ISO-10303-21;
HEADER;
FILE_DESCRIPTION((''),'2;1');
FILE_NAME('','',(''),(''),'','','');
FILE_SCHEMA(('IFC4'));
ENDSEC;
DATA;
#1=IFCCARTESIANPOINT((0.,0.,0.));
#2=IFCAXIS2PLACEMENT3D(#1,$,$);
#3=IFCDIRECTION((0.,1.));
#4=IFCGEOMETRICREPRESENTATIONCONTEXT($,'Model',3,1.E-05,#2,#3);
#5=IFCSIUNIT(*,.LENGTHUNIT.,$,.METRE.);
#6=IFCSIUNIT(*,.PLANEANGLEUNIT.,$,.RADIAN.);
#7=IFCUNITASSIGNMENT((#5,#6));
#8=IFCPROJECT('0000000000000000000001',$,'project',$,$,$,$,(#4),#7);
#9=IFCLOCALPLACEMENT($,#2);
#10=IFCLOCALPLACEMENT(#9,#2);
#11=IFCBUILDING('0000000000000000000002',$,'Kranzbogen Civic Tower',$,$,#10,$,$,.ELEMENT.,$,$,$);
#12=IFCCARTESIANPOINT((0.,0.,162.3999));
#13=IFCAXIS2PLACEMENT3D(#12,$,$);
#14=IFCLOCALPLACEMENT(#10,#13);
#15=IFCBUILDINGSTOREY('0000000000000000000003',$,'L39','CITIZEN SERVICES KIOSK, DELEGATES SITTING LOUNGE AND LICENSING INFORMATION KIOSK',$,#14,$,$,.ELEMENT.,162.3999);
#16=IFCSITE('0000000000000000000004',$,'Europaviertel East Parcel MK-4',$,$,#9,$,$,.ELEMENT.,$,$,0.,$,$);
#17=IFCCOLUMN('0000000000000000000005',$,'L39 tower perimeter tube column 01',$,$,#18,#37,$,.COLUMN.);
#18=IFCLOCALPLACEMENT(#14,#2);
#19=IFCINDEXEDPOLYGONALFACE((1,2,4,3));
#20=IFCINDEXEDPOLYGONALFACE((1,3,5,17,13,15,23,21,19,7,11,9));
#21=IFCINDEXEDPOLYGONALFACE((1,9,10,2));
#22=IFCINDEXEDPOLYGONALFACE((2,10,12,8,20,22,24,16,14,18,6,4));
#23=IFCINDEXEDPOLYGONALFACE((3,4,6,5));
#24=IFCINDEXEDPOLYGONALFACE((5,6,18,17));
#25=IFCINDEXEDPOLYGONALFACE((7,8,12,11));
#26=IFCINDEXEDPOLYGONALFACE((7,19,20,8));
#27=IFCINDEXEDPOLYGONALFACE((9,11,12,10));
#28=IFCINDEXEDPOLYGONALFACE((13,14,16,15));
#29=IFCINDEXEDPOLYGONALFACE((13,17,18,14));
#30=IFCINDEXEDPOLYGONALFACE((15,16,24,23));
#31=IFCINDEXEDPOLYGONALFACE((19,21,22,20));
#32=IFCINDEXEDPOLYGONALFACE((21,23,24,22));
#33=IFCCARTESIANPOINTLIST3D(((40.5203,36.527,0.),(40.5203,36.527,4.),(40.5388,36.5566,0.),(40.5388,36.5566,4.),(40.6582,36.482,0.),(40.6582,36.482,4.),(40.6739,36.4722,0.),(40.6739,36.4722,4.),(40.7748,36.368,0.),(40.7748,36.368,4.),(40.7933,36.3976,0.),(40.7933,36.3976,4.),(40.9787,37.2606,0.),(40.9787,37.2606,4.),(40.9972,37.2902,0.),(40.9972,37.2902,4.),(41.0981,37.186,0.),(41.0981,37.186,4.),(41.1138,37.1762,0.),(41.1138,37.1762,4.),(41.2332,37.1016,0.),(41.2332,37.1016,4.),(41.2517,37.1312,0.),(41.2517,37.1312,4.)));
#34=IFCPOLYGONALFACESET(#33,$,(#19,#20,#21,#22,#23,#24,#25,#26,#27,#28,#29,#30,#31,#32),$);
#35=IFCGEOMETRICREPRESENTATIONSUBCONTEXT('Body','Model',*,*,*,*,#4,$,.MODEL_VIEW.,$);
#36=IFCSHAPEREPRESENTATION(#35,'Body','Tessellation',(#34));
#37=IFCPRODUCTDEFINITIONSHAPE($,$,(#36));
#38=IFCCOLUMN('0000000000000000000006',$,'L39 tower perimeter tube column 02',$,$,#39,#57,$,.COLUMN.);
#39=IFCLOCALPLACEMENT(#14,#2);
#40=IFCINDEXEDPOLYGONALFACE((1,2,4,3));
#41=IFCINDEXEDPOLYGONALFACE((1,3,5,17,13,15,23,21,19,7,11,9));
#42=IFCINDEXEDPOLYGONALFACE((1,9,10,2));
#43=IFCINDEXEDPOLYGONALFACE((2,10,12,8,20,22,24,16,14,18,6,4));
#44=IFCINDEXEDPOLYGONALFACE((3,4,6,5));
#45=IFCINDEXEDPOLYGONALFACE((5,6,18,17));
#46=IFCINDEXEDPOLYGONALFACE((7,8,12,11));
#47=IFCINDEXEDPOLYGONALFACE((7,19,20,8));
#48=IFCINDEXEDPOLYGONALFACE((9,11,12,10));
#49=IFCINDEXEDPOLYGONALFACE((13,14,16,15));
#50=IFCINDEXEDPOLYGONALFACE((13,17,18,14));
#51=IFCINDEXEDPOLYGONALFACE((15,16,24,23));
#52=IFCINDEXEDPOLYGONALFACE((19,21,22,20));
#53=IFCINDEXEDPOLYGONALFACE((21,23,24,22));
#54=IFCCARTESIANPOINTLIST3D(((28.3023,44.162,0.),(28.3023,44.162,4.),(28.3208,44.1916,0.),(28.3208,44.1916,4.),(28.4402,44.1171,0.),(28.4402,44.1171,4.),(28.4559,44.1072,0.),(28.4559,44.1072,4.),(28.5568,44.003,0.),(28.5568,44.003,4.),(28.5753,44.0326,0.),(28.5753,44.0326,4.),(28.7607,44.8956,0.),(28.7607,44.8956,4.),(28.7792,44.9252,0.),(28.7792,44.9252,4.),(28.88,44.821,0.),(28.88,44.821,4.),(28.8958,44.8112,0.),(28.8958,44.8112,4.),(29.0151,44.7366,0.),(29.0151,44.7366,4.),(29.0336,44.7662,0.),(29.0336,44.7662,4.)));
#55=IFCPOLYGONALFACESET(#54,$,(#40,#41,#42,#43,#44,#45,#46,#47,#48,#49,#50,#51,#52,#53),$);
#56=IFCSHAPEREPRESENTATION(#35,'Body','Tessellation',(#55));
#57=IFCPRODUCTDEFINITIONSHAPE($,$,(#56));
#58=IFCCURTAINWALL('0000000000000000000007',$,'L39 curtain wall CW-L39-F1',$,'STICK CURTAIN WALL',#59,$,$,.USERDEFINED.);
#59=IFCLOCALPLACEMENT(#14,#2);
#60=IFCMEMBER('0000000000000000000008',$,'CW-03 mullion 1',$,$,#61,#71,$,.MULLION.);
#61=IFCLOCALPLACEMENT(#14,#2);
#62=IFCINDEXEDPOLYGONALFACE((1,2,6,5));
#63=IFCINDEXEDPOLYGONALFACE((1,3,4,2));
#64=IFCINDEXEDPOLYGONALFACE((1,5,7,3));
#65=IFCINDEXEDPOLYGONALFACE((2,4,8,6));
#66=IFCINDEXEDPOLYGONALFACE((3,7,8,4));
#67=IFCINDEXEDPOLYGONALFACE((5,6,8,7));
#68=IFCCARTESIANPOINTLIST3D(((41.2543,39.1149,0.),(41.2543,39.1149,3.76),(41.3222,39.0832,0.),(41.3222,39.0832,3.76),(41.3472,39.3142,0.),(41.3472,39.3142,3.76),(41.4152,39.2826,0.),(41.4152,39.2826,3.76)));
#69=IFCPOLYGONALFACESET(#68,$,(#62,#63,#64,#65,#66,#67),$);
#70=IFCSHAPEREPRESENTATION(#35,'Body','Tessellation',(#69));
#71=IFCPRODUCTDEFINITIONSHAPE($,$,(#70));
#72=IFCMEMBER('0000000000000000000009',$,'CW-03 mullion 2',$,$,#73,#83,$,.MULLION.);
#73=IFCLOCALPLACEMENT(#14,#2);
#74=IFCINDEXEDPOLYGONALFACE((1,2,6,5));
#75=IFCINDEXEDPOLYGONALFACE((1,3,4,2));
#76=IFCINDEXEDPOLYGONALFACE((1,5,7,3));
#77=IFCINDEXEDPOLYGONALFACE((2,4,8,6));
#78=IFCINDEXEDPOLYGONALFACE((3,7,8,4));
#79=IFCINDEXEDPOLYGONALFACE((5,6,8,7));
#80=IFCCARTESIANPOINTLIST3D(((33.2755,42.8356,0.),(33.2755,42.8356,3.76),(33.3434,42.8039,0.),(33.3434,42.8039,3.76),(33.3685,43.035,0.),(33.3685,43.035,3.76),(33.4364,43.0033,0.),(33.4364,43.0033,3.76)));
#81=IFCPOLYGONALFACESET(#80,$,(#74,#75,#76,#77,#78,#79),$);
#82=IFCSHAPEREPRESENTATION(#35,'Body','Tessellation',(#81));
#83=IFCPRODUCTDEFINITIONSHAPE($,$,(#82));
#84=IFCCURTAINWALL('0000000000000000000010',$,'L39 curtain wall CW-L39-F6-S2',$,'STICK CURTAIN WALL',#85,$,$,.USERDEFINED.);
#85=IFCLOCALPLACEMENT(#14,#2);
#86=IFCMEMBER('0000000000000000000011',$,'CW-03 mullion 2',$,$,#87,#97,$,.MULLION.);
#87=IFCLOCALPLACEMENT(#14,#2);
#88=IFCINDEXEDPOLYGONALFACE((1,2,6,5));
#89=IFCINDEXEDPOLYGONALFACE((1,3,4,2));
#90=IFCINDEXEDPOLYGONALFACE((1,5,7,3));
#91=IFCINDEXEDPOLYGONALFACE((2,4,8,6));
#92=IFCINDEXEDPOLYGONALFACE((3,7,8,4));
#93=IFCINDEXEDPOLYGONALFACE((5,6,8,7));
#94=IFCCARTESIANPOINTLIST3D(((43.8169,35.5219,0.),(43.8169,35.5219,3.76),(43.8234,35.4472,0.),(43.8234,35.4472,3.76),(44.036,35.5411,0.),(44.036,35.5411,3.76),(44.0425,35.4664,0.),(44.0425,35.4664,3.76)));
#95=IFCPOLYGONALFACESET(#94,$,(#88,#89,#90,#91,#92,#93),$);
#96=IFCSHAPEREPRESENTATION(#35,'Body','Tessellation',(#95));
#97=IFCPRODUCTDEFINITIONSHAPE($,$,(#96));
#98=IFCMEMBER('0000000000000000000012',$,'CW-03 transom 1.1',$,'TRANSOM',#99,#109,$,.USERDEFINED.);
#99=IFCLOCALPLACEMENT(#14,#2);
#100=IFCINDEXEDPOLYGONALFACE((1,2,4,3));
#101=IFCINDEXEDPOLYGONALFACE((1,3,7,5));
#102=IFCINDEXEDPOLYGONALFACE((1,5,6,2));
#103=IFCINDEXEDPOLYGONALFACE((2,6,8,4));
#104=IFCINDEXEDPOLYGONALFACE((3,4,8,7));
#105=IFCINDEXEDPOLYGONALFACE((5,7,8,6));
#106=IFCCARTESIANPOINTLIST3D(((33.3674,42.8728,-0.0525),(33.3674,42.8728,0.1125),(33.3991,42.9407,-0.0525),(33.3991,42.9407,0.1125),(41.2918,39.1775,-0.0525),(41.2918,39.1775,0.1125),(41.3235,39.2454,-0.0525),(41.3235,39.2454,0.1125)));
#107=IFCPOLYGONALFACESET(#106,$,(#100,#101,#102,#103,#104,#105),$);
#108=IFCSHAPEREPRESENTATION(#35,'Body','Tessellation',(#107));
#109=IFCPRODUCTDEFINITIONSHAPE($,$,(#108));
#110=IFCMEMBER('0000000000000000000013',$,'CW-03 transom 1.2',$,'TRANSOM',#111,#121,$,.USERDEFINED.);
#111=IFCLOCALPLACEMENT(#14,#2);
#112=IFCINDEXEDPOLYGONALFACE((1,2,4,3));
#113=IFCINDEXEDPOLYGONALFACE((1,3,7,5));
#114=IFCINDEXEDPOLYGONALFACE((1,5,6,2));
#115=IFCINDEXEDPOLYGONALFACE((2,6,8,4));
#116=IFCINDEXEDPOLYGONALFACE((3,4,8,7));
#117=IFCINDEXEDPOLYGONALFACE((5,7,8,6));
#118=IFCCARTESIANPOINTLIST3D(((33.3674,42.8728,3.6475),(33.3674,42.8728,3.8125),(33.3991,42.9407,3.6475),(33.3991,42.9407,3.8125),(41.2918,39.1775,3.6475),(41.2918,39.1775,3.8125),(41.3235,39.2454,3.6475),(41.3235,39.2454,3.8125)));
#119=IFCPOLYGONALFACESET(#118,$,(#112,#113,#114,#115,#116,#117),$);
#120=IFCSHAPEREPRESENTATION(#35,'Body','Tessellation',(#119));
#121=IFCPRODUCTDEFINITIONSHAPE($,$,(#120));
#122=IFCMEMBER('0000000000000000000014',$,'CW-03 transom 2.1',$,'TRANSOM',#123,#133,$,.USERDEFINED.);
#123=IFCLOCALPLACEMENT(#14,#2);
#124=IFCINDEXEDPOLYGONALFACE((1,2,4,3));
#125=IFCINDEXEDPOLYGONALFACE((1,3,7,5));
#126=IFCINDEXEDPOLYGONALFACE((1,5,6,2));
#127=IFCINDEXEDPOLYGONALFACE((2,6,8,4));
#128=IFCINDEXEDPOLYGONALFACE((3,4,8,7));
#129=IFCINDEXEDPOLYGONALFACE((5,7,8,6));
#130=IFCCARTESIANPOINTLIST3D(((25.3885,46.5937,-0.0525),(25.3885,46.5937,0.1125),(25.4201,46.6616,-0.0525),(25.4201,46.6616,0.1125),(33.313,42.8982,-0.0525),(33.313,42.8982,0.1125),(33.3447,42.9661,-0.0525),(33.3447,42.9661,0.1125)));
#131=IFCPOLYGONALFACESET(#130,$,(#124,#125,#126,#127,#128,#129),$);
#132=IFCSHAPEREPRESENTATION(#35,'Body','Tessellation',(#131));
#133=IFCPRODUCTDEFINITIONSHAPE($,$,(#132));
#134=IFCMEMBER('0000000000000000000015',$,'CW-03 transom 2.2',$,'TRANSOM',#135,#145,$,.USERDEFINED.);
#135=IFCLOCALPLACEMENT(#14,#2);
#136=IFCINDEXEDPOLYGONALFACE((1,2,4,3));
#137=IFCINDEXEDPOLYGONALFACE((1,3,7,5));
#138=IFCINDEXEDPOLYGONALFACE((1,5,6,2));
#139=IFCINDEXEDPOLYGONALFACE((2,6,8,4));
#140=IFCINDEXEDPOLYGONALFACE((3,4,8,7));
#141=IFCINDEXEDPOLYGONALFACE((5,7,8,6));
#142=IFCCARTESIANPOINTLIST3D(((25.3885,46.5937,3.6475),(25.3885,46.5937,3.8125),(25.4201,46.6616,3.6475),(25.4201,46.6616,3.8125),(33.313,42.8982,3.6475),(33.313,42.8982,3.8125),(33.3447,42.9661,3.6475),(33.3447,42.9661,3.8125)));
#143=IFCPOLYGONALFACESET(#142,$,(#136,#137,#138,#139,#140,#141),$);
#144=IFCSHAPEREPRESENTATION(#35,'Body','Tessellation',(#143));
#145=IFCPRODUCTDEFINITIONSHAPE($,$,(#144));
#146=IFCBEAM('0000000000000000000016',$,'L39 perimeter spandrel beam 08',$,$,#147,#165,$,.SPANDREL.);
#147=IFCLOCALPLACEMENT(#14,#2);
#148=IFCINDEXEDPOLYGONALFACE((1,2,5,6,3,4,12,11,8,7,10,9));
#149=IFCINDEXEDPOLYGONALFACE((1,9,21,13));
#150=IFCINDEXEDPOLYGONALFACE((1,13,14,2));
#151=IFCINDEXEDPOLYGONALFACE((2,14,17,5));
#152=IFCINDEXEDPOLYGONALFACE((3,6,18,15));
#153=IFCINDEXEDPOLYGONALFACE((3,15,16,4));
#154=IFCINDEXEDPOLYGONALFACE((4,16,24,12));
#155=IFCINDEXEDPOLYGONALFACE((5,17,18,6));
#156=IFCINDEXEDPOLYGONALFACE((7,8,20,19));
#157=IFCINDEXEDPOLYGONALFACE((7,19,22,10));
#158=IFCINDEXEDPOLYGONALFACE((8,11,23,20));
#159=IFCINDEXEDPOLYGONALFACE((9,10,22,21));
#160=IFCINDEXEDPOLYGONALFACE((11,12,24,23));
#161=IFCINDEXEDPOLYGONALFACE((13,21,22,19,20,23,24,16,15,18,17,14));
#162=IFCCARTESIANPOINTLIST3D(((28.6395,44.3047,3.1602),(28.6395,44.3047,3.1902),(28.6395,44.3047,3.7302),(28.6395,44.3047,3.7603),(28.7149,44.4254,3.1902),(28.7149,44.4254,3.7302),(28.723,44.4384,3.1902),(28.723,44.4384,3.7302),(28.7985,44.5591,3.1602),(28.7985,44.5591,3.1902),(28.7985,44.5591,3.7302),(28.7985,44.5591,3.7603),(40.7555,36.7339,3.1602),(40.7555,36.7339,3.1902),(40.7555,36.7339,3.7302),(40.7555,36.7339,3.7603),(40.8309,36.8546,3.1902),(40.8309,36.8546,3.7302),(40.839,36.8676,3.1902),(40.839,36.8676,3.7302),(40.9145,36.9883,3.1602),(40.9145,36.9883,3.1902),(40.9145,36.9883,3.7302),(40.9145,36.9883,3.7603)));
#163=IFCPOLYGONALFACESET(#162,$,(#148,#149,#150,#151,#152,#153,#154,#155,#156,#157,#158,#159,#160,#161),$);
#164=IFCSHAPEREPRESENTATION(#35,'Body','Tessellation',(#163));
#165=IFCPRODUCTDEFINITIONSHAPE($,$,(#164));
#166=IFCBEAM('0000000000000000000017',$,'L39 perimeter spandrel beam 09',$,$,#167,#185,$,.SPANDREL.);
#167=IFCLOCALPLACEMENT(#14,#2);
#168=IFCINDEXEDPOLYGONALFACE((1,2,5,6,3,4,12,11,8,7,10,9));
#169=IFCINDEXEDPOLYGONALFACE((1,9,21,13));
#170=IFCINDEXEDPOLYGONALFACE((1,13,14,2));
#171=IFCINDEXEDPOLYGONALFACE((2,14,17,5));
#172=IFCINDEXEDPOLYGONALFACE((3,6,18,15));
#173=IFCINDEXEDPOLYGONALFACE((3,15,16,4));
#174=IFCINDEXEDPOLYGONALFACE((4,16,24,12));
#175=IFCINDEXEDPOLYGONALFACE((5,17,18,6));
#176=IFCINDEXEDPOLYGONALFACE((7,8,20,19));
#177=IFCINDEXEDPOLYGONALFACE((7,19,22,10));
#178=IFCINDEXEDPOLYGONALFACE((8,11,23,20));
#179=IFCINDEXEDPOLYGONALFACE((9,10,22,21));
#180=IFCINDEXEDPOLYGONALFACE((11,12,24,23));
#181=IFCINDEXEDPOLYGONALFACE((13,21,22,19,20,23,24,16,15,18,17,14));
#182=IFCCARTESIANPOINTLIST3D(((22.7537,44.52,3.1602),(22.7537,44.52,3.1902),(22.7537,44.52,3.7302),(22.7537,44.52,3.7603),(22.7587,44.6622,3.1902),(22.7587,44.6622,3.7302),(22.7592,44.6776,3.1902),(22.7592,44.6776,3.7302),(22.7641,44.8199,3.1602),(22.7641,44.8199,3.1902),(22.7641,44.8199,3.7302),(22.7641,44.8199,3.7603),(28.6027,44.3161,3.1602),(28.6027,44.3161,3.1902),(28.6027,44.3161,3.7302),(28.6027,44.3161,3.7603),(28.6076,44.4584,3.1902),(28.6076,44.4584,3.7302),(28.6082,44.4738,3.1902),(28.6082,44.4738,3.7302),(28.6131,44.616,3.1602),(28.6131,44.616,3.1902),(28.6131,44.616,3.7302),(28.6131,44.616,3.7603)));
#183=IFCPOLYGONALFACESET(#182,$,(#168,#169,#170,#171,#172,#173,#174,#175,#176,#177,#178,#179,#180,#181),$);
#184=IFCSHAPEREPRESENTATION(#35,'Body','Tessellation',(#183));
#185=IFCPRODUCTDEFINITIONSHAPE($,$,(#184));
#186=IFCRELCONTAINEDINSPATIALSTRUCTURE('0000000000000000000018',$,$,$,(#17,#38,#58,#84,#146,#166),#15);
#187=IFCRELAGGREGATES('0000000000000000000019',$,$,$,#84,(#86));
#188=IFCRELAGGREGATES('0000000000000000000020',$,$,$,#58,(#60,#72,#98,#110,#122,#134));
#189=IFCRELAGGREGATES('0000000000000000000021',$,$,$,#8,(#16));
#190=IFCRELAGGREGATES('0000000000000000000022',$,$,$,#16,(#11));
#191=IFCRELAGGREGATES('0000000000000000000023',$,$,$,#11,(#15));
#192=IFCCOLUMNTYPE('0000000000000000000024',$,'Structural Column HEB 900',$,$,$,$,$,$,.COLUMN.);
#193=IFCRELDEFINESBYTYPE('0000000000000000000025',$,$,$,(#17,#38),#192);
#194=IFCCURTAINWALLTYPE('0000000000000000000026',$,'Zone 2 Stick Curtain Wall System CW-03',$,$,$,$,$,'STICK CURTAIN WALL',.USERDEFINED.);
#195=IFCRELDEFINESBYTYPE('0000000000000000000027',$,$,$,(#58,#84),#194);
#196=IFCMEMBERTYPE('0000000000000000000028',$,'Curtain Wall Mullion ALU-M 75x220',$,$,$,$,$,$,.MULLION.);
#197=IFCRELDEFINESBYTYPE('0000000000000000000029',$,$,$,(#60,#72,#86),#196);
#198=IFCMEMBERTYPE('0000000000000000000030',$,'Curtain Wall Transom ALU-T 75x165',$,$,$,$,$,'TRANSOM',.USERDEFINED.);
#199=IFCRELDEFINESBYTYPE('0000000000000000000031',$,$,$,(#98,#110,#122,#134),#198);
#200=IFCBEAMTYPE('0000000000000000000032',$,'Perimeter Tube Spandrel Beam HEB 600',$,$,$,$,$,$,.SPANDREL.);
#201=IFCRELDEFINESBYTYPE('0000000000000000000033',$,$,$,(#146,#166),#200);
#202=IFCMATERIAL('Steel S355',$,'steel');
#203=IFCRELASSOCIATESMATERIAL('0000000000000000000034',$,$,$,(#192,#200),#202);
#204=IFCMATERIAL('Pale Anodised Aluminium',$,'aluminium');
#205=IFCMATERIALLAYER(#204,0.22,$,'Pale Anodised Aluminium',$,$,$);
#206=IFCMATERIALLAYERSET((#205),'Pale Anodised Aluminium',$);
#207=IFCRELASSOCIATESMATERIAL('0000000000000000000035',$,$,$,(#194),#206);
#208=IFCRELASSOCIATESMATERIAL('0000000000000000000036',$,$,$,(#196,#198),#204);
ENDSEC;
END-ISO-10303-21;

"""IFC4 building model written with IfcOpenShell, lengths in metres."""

from ifc_helpers import new_model, si_unit, direction, frame, origin, origin_2d, place, context, subcontext, project, spatial, rectangle, i_section, extrude, material, layer, layer_set, material_profile, profile_set, type_object, element, aggregate, save


model = new_model("IFC4")

# Units and contexts
model_context = context("Model", 3, precision=1e-05, world=origin(), true_north=direction((0.0, 1.0)))
body_context = subcontext(model_context, "Body", "Model", "MODEL_VIEW")
ifc_project = project(units=[si_unit("LENGTHUNIT", "METRE"), si_unit("PLANEANGLEUNIT", "RADIAN")], contexts=[model_context])

# Site, building, storey
site_placement = place(None, origin())
site = spatial("IfcSite", under=ifc_project, at=site_placement, Name="Europaviertel East Parcel MK-4", CompositionType="ELEMENT", RefElevation=0.0)
building_placement = place(site_placement, origin())
building = spatial("IfcBuilding", under=site, at=building_placement, Name="Kranzbogen Civic Tower", CompositionType="ELEMENT")
storey_placement = place(building_placement, frame((0.0, 0.0, 162.3999)))
storey = spatial("IfcBuildingStorey", under=building, at=storey_placement, Name="L39", Description="CITIZEN SERVICES KIOSK, DELEGATES SITTING LOUNGE AND LICENSING INFORMATION KIOSK", CompositionType="ELEMENT", Elevation=162.3999)

# Columns
ifc_material_1 = material(Name="Steel S355", Category="steel")
ifc_material_profile_1 = material_profile(ifc_material_1, i_section(OverallWidth=0.3, OverallDepth=0.8999, WebThickness=0.0186, FlangeThickness=0.0349, at=origin_2d()), Name="HEB 900")
ifc_profile_set_1 = profile_set([ifc_material_profile_1], Name="Steel S355")
column_type = type_object("IfcColumnType", Name="Structural Column HEB 900", PredefinedType="COLUMN", material=ifc_profile_set_1)
for number, where, z_axis, x_axis, name in (
    (1, (40.886, 36.8291, 0.0), (0.0, 0.0, 1.0), (-0.848048, 0.529919, 0.0), "L39 tower perimeter tube column 01"),
    (2, (28.668, 44.4641, 0.0), (0.0, 0.0, 1.0), (-0.848048, 0.529919, 0.0), "L39 tower perimeter tube column 02"),
):
    element("IfcColumn", number, at=place(storey_placement, frame(where, z_axis=z_axis, x_axis=x_axis)), inside=storey, type_object=column_type, Name=name, PredefinedType="COLUMN", context=body_context, shape_type="SweptSolid", body=[
        extrude(i_section(OverallWidth=0.3, OverallDepth=0.8999, WebThickness=0.0186, FlangeThickness=0.0349, at=origin_2d()), origin(), (0.0, 0.0, 1.0), 4.0),
    ])

# Curtain wall, members
ifc_material_2 = material(Name="Pale Anodised Aluminium", Category="aluminium")
ifc_layer_1 = layer(ifc_material_2, 0.22, Name="Pale Anodised Aluminium")
ifc_layer_set_1 = layer_set([ifc_layer_1], Name="Pale Anodised Aluminium")
curtain_wall_type = type_object("IfcCurtainWallType", Name="Zone 2 Stick Curtain Wall System CW-03", ElementType="STICK CURTAIN WALL", PredefinedType="USERDEFINED", material=ifc_layer_set_1)
curtain_wall_1_placement = place(storey_placement, origin())
curtain_wall_1 = element("IfcCurtainWall", 3, at=curtain_wall_1_placement, inside=storey, type_object=curtain_wall_type, Name="L39 curtain wall CW-L39-F1", ObjectType="STICK CURTAIN WALL", PredefinedType="USERDEFINED")
ifc_material_profile_2 = material_profile(ifc_material_2, rectangle(XDim=0.075, YDim=0.22, at=origin_2d()), Name="ALU-M 75x220")
ifc_profile_set_2 = profile_set([ifc_material_profile_2], Name="Pale Anodised Aluminium")
member_type_1 = type_object("IfcMemberType", Name="Curtain Wall Mullion ALU-M 75x220", PredefinedType="MULLION", material=ifc_profile_set_2)
member_1_placement = place(storey_placement, frame((41.3347, 39.1987, 0.0), z_axis=(0.0, 0.0, 1.0), x_axis=(-0.906297, 0.422641, 0.0)))
member_1 = element("IfcMember", 4, at=member_1_placement, type_object=member_type_1, Name="CW-03 mullion 1", PredefinedType="MULLION", context=body_context, shape_type="SweptSolid", body=[
    extrude(rectangle(XDim=0.075, YDim=0.22, at=origin_2d()), origin(), (0.0, 0.0, 1.0), 3.76),
])
member_2_placement = place(storey_placement, frame((33.356, 42.9194, 0.0), z_axis=(0.0, 0.0, 1.0), x_axis=(-0.906297, 0.422641, 0.0)))
member_2 = element("IfcMember", 5, at=member_2_placement, type_object=member_type_1, Name="CW-03 mullion 2", PredefinedType="MULLION", context=body_context, shape_type="SweptSolid", body=[
    extrude(rectangle(XDim=0.075, YDim=0.22, at=origin_2d()), origin(), (0.0, 0.0, 1.0), 3.76),
])

# Curtain wall, member
curtain_wall_2_placement = place(storey_placement, origin())
curtain_wall_2 = element("IfcCurtainWall", 6, at=curtain_wall_2_placement, inside=storey, type_object=curtain_wall_type, Name="L39 curtain wall CW-L39-F6-S2", ObjectType="STICK CURTAIN WALL", PredefinedType="USERDEFINED")
member_3_placement = place(storey_placement, frame((43.9297, 35.4941, 0.0), z_axis=(0.0, 0.0, 1.0), x_axis=(-0.087099, 0.9962, 0.0)))
member_3 = element("IfcMember", 7, at=member_3_placement, type_object=member_type_1, Name="CW-03 mullion 2", PredefinedType="MULLION", context=body_context, shape_type="SweptSolid", body=[
    extrude(rectangle(XDim=0.075, YDim=0.22, at=origin_2d()), origin(), (0.0, 0.0, 1.0), 3.76),
])
aggregate(curtain_wall_2, [member_3])

# Members
ifc_material_profile_3 = material_profile(ifc_material_2, rectangle(XDim=0.075, YDim=0.165, at=origin_2d()), Name="ALU-T 75x165")
ifc_profile_set_3 = profile_set([ifc_material_profile_3], Name="Pale Anodised Aluminium")
member_type_2 = type_object("IfcMemberType", Name="Curtain Wall Transom ALU-T 75x165", ElementType="TRANSOM", PredefinedType="USERDEFINED", material=ifc_profile_set_3)
member_4_placement = place(storey_placement, frame((41.3076, 39.2114, 0.03), z_axis=(-0.906302, 0.422632, 0.0), x_axis=(-0.422632, -0.906302, 0.0)))
member_4 = element("IfcMember", 8, at=member_4_placement, type_object=member_type_2, Name="CW-03 transom 1.1", ObjectType="TRANSOM", PredefinedType="USERDEFINED", context=body_context, shape_type="SweptSolid", body=[
    extrude(rectangle(XDim=0.075, YDim=0.165, at=origin_2d()), origin(), (0.0, 0.0, 1.0), 8.7437),
])
member_5_placement = place(storey_placement, frame((41.3076, 39.2114, 3.73), z_axis=(-0.906302, 0.422632, 0.0), x_axis=(-0.422632, -0.906302, 0.0)))
member_5 = element("IfcMember", 9, at=member_5_placement, type_object=member_type_2, Name="CW-03 transom 1.2", ObjectType="TRANSOM", PredefinedType="USERDEFINED", context=body_context, shape_type="SweptSolid", body=[
    extrude(rectangle(XDim=0.075, YDim=0.165, at=origin_2d()), origin(), (0.0, 0.0, 1.0), 8.7437),
])
member_6_placement = place(storey_placement, frame((33.3289, 42.9321, 0.03), z_axis=(-0.906296, 0.422644, 0.0), x_axis=(-0.422644, -0.906296, 0.0)))
member_6 = element("IfcMember", 10, at=member_6_placement, type_object=member_type_2, Name="CW-03 transom 2.1", ObjectType="TRANSOM", PredefinedType="USERDEFINED", context=body_context, shape_type="SweptSolid", body=[
    extrude(rectangle(XDim=0.075, YDim=0.165, at=origin_2d()), origin(), (0.0, 0.0, 1.0), 8.7439),
])
member_7_placement = place(storey_placement, frame((33.3289, 42.9321, 3.73), z_axis=(-0.906296, 0.422644, 0.0), x_axis=(-0.422644, -0.906296, 0.0)))
member_7 = element("IfcMember", 11, at=member_7_placement, type_object=member_type_2, Name="CW-03 transom 2.2", ObjectType="TRANSOM", PredefinedType="USERDEFINED", context=body_context, shape_type="SweptSolid", body=[
    extrude(rectangle(XDim=0.075, YDim=0.165, at=origin_2d()), origin(), (0.0, 0.0, 1.0), 8.7439),
])

# Beams
ifc_material_profile_4 = material_profile(ifc_material_1, i_section(OverallWidth=0.3, OverallDepth=0.6001, WebThickness=0.0154, FlangeThickness=0.03, at=origin_2d()), Name="HEB 600")
ifc_profile_set_4 = profile_set([ifc_material_profile_4], Name="Steel S355")
beam_type_1 = type_object("IfcBeamType", Name="Perimeter Tube Spandrel Beam HEB 600", PredefinedType="SPANDREL", material=ifc_profile_set_4)
beam_1_placement = place(storey_placement, frame((40.835, 36.8611, 3.4602), z_axis=(-0.848051, 0.529914, 0.0), x_axis=(-0.529914, -0.848051, 0.0)))
element("IfcBeam", 12, at=beam_1_placement, inside=storey, type_object=beam_type_1, Name="L39 perimeter spandrel beam 08", PredefinedType="SPANDREL", context=body_context, shape_type="SweptSolid", body=[
    extrude(i_section(OverallWidth=0.3, OverallDepth=0.6001, WebThickness=0.0154, FlangeThickness=0.03, at=origin_2d()), origin(), (0.0, 0.0, 1.0), 14.2869),
])
beam_2_placement = place(storey_placement, frame((28.6079, 44.4661, 3.4602), z_axis=(-0.999393, 0.034833, 0.0), x_axis=(-0.034833, -0.999393, 0.0)))
element("IfcBeam", 13, at=beam_2_placement, inside=storey, type_object=beam_type_1, Name="L39 perimeter spandrel beam 09", PredefinedType="SPANDREL", context=body_context, shape_type="SweptSolid", body=[
    extrude(i_section(OverallWidth=0.3, OverallDepth=0.6001, WebThickness=0.0154, FlangeThickness=0.03, at=origin_2d()), origin(), (0.0, 0.0, 1.0), 5.8525),
])

aggregate(curtain_wall_1, [member_1, member_2, member_4, member_5, member_6, member_7])

save(model, "model.ifc")
